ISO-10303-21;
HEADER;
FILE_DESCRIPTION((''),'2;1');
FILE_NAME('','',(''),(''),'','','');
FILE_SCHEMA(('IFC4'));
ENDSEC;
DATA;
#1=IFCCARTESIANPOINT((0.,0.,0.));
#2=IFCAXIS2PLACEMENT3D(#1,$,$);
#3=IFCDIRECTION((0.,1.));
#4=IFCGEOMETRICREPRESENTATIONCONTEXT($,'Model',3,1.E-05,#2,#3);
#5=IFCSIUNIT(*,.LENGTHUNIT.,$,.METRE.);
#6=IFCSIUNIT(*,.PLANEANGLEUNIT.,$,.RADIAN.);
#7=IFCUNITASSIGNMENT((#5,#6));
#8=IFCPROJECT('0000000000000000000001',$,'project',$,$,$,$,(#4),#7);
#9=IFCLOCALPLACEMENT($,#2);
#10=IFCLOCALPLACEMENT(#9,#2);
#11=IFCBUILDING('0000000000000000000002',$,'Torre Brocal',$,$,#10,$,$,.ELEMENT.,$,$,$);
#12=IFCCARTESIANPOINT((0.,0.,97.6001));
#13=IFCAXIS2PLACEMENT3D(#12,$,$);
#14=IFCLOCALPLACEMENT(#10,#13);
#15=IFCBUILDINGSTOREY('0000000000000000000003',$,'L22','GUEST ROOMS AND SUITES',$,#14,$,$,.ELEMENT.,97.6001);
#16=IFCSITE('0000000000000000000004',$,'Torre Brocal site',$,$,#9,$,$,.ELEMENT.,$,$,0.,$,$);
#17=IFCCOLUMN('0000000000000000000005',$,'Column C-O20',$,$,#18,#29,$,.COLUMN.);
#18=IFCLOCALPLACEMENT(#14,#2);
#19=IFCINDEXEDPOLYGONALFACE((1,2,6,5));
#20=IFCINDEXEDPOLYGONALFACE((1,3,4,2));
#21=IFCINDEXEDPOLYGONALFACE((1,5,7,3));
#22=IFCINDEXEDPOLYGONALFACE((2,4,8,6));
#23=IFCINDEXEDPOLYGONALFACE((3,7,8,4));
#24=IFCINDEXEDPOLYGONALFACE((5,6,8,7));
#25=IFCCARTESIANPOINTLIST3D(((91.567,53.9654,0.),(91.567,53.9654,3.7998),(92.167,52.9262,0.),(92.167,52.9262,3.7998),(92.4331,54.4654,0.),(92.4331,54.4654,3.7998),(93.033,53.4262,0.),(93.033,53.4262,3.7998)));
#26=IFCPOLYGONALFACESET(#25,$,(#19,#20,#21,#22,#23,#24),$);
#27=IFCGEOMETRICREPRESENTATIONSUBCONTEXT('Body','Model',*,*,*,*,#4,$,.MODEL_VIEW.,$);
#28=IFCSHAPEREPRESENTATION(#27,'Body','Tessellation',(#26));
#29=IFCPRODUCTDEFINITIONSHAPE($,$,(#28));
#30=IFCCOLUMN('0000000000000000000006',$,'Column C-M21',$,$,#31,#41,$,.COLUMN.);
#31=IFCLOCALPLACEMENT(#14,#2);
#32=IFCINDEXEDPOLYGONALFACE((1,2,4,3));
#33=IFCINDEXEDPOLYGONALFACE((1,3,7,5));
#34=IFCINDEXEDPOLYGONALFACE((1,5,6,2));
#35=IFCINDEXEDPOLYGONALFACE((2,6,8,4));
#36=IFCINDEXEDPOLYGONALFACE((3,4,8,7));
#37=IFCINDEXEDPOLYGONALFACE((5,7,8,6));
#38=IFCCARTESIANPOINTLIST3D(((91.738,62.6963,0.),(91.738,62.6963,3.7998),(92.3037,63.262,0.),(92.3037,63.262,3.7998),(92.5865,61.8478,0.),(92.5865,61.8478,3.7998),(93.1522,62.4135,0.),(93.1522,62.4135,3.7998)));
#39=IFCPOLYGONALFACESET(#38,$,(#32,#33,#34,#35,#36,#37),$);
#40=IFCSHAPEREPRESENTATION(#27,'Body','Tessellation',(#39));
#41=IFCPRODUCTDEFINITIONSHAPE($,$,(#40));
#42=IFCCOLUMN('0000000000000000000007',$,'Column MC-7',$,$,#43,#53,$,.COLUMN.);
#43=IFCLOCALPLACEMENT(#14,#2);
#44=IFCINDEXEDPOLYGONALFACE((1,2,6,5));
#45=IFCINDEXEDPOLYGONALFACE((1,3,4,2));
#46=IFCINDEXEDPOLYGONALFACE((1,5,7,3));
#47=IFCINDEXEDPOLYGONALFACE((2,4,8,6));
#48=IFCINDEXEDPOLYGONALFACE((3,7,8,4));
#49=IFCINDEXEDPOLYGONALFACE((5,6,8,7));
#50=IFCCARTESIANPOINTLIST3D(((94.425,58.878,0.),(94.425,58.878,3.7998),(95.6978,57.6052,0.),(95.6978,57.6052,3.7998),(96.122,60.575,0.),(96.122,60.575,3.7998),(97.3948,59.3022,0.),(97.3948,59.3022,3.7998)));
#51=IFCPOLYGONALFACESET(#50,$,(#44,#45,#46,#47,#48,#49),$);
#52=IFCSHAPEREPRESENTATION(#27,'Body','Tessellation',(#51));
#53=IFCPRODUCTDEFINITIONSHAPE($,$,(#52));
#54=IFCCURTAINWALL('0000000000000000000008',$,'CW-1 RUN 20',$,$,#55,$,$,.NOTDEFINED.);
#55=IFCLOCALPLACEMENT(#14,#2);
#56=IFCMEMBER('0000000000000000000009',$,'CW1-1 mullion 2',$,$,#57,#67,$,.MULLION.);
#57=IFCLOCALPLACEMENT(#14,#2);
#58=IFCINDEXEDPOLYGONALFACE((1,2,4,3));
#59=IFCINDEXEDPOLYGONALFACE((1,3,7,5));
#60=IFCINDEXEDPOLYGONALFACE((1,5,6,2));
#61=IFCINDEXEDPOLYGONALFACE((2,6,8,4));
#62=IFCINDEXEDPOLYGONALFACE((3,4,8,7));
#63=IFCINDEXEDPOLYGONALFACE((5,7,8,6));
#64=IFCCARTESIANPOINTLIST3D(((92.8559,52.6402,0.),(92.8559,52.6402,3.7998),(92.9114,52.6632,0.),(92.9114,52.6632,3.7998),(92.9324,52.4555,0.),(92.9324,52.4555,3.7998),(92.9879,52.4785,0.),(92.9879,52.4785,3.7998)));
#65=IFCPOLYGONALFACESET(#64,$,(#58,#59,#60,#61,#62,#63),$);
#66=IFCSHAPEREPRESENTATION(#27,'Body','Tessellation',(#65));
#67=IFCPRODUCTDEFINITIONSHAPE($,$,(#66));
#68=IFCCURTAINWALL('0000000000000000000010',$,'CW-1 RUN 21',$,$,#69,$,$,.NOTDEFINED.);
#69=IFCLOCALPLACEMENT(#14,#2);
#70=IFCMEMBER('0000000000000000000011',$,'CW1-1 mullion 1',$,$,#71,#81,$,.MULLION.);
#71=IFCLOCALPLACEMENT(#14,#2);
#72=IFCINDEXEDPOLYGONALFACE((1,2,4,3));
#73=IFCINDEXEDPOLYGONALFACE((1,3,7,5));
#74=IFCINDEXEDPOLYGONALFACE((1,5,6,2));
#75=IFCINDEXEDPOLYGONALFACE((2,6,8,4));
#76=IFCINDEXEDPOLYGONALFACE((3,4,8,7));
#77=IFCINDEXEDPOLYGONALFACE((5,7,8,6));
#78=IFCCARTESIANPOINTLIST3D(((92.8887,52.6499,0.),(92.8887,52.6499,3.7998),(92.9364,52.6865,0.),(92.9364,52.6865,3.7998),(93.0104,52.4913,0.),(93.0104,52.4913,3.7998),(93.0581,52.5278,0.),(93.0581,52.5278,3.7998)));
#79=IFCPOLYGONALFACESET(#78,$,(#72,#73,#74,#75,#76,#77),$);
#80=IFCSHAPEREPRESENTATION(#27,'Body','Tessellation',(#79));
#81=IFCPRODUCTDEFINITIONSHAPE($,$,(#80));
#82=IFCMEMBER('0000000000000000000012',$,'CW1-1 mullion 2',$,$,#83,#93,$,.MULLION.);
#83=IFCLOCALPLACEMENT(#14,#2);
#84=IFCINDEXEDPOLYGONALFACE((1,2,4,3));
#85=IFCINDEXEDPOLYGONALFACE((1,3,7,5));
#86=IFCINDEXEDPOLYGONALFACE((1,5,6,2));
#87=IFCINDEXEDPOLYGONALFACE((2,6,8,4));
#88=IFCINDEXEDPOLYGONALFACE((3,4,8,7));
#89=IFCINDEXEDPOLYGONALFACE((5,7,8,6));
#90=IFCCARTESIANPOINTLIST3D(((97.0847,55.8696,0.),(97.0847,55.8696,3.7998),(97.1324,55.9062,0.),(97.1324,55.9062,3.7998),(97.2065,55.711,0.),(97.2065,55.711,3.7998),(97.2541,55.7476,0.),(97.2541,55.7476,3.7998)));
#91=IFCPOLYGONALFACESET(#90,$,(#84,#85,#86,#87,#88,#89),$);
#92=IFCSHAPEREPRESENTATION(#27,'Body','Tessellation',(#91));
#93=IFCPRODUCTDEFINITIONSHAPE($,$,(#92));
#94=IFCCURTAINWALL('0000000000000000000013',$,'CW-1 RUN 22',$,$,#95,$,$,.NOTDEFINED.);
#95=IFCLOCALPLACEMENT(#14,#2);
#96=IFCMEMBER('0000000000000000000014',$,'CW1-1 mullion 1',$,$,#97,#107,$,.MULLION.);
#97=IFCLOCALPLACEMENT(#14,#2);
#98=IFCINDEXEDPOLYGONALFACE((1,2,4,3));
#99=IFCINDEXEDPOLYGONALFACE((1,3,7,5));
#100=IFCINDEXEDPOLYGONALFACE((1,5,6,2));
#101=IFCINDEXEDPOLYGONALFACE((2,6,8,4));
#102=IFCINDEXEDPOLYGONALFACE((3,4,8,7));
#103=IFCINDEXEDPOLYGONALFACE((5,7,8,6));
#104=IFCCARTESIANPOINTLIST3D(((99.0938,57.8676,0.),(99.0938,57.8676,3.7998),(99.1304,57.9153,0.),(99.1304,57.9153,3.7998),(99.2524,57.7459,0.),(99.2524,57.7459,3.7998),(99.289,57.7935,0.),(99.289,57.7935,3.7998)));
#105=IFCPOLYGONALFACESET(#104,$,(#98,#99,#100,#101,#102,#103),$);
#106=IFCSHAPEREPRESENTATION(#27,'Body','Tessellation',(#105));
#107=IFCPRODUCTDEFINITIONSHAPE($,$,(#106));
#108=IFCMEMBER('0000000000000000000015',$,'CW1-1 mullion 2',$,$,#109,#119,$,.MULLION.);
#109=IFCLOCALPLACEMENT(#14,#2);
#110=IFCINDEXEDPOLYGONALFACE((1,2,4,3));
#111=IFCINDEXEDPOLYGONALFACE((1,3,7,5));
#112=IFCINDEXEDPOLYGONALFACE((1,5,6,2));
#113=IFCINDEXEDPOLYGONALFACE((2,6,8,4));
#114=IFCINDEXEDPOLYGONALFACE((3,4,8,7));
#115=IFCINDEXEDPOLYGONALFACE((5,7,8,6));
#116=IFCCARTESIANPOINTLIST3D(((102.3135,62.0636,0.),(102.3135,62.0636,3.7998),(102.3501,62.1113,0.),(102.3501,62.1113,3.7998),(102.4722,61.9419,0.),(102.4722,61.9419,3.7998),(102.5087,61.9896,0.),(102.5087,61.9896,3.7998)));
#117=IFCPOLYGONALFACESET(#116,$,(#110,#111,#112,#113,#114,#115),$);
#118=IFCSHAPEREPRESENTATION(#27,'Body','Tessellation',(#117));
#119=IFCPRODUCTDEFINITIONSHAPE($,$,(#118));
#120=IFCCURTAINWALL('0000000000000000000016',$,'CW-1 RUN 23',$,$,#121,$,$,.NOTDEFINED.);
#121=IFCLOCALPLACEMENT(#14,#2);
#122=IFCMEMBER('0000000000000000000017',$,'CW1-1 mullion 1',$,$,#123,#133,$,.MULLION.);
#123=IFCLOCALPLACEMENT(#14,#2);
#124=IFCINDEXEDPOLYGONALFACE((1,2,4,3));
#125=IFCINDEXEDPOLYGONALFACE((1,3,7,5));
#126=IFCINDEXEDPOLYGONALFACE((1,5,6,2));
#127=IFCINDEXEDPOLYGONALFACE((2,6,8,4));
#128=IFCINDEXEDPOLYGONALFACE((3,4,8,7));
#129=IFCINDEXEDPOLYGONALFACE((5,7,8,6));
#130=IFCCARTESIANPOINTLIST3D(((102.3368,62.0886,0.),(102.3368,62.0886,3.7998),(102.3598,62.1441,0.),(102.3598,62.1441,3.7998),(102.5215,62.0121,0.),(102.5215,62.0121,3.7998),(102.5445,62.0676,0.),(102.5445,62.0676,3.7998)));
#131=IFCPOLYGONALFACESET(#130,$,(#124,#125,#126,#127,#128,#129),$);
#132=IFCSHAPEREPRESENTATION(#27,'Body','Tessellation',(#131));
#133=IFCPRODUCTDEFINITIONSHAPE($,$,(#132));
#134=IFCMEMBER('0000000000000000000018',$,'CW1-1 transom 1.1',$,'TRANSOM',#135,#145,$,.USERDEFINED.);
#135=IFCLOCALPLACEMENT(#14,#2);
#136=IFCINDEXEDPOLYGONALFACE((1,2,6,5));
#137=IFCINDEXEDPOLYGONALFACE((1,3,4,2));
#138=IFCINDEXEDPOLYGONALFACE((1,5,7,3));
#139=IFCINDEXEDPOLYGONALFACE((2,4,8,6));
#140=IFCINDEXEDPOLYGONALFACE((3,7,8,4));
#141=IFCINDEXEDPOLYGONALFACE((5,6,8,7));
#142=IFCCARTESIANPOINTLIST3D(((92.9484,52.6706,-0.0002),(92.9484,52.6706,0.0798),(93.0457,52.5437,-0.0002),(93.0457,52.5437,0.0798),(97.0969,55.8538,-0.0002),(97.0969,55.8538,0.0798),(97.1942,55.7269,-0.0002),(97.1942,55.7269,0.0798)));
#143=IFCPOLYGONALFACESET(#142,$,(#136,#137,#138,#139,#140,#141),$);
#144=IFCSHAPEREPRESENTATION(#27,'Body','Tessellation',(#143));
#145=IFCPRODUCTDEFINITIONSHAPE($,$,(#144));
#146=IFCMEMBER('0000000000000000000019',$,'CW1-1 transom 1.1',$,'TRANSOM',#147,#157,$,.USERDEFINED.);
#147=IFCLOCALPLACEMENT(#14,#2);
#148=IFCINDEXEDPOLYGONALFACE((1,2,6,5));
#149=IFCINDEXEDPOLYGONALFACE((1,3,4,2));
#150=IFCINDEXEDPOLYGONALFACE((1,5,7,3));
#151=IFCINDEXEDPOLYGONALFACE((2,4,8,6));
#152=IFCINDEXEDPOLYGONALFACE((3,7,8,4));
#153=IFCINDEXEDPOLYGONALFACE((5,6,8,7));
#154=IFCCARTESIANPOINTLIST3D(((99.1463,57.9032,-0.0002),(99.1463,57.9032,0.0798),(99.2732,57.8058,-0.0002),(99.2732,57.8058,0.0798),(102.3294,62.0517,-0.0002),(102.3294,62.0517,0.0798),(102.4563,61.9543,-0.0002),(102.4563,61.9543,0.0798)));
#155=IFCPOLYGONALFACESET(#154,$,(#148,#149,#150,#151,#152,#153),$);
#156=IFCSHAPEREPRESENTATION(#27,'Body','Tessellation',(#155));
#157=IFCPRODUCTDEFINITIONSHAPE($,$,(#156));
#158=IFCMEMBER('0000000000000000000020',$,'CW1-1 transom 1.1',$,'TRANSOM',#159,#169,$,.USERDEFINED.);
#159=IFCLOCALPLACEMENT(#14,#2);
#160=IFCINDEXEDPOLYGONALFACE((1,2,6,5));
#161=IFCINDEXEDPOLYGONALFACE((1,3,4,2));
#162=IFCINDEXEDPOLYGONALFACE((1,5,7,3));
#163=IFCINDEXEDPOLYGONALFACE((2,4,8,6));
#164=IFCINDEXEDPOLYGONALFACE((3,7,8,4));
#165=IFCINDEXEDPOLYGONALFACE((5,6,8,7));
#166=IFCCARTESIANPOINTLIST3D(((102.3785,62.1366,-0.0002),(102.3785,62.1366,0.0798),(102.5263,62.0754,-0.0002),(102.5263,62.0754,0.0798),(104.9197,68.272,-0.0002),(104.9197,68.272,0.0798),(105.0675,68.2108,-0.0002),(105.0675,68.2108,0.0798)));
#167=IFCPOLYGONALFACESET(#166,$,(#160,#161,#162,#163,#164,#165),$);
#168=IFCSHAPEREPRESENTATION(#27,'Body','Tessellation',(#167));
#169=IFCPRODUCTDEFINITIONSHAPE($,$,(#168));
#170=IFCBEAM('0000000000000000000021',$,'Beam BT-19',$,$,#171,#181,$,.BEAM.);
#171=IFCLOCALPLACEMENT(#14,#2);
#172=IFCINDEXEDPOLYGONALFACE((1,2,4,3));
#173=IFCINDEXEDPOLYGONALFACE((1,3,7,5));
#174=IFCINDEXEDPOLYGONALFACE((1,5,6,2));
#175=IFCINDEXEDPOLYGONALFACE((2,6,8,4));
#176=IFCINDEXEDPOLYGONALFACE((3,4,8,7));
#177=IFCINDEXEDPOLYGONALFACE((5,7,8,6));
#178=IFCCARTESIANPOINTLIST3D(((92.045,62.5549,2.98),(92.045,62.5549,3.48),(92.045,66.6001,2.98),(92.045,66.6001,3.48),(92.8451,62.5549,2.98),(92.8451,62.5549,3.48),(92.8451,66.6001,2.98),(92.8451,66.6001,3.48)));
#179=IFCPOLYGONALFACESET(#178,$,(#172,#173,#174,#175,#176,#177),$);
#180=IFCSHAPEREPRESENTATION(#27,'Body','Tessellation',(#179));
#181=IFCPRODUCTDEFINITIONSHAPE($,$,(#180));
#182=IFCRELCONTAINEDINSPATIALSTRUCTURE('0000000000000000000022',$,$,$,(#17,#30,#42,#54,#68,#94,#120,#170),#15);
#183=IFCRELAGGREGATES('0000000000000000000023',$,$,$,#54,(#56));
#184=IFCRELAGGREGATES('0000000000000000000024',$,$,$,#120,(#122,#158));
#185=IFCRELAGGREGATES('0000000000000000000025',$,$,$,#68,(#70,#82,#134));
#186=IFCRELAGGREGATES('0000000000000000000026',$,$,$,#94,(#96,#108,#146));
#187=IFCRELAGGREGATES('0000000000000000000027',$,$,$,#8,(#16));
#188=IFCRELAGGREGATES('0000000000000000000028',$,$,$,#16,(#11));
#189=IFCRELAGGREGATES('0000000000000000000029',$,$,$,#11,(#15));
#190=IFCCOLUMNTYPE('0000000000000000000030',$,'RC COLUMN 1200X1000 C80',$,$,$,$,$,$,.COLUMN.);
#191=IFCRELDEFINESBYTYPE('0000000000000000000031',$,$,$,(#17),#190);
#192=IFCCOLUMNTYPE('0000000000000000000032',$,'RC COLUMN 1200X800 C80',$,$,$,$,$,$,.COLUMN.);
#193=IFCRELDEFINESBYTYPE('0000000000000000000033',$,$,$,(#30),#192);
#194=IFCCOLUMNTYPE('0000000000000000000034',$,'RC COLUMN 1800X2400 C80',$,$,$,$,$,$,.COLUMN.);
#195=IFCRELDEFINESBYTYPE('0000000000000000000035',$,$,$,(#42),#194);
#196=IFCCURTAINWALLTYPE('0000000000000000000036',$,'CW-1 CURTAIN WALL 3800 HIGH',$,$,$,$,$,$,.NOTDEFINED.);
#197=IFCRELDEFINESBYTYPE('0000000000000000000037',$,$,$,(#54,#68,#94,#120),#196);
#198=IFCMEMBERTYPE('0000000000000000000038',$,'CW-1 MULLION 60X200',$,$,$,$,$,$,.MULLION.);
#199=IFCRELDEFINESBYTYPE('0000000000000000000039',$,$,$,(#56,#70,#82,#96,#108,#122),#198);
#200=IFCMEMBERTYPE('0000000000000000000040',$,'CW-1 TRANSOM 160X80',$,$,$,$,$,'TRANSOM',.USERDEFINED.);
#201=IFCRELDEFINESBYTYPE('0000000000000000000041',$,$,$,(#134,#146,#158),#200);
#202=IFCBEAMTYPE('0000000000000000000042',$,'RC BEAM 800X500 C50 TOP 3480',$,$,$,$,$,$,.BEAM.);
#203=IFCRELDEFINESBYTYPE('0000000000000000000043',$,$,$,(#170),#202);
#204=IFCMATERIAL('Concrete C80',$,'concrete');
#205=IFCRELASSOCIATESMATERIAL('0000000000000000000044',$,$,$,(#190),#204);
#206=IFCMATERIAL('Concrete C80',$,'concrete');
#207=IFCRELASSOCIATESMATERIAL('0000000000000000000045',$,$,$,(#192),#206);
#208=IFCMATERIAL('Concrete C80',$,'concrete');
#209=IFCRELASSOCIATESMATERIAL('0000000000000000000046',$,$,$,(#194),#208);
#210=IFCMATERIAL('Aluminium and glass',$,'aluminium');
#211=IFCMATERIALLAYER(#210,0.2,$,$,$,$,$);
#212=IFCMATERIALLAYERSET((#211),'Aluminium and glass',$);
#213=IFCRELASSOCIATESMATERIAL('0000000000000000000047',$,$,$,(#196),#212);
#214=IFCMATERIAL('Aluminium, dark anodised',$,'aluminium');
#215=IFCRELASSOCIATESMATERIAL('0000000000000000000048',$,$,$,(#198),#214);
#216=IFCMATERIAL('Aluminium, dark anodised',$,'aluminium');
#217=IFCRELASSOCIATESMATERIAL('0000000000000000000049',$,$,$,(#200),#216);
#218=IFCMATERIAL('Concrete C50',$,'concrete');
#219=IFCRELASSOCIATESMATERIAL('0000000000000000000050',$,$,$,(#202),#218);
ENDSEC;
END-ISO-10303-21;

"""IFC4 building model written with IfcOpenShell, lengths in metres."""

from ifc_helpers import new_model, si_unit, direction, frame, origin, origin_2d, place, context, subcontext, project, spatial, rectangle, extrude, material, layer, layer_set, material_profile, profile_set, type_object, element, aggregate, save


model = new_model("IFC4")

# Units and contexts
model_context = context("Model", 3, precision=1e-05, world=origin(), true_north=direction((0.0, 1.0)))
body_context = subcontext(model_context, "Body", "Model", "MODEL_VIEW")
ifc_project = project(units=[si_unit("LENGTHUNIT", "METRE"), si_unit("PLANEANGLEUNIT", "RADIAN")], contexts=[model_context])

# Site, building, storey
site_placement = place(None, origin())
site = spatial("IfcSite", under=ifc_project, at=site_placement, Name="Torre Brocal site", CompositionType="ELEMENT", RefElevation=0.0)
building_placement = place(site_placement, origin())
building = spatial("IfcBuilding", under=site, at=building_placement, Name="Torre Brocal", CompositionType="ELEMENT")
storey_placement = place(building_placement, frame((0.0, 0.0, 97.6001)))
storey = spatial("IfcBuildingStorey", under=building, at=storey_placement, Name="L22", Description="GUEST ROOMS AND SUITES", CompositionType="ELEMENT", Elevation=97.6001)

# Columns
ifc_material_1 = material(Name="Concrete C80", Category="concrete")
ifc_material_profile_1 = material_profile(ifc_material_1, rectangle(XDim=1.2, YDim=1.0, at=origin_2d()), Name="RC 1200X1000")
ifc_profile_set_1 = profile_set([ifc_material_profile_1], Name="Concrete C80")
column_type_1 = type_object("IfcColumnType", Name="RC COLUMN 1200X1000 C80", PredefinedType="COLUMN", material=ifc_profile_set_1)
column_1_placement = place(storey_placement, frame((92.3, 53.6958, 0.0), z_axis=(0.0, 0.0, 1.0), x_axis=(0.5, -0.866025, 0.0)))
element("IfcColumn", 1, at=column_1_placement, inside=storey, type_object=column_type_1, Name="Column C-O20", PredefinedType="COLUMN", context=body_context, shape_type="SweptSolid", body=[
    extrude(rectangle(XDim=1.2, YDim=1.0, at=origin_2d()), origin(), (0.0, 0.0, 1.0), 3.7998),
])
ifc_material_2 = material(Name="Concrete C80", Category="concrete")
ifc_material_profile_2 = material_profile(ifc_material_2, rectangle(XDim=1.2, YDim=0.8, at=origin_2d()), Name="RC 1200X800")
ifc_profile_set_2 = profile_set([ifc_material_profile_2], Name="Concrete C80")
column_type_2 = type_object("IfcColumnType", Name="RC COLUMN 1200X800 C80", PredefinedType="COLUMN", material=ifc_profile_set_2)
column_2_placement = place(storey_placement, frame((92.4451, 62.5549, 0.0), z_axis=(0.0, 0.0, 1.0), x_axis=(0.707107, -0.707107, 0.0)))
element("IfcColumn", 2, at=column_2_placement, inside=storey, type_object=column_type_2, Name="Column C-M21", PredefinedType="COLUMN", context=body_context, shape_type="SweptSolid", body=[
    extrude(rectangle(XDim=1.2, YDim=0.8, at=origin_2d()), origin(), (0.0, 0.0, 1.0), 3.7998),
])
ifc_material_3 = material(Name="Concrete C80", Category="concrete")
ifc_material_profile_3 = material_profile(ifc_material_3, rectangle(XDim=1.8, YDim=2.3999, at=origin_2d()), Name="RC 1800X2400")
ifc_profile_set_3 = profile_set([ifc_material_profile_3], Name="Concrete C80")
column_type_3 = type_object("IfcColumnType", Name="RC COLUMN 1800X2400 C80", PredefinedType="COLUMN", material=ifc_profile_set_3)
column_3_placement = place(storey_placement, frame((95.9099, 59.0901, 0.0), z_axis=(0.0, 0.0, 1.0), x_axis=(0.707107, -0.707107, 0.0)))
element("IfcColumn", 3, at=column_3_placement, inside=storey, type_object=column_type_3, Name="Column MC-7", PredefinedType="COLUMN", context=body_context, shape_type="SweptSolid", body=[
    extrude(rectangle(XDim=1.8, YDim=2.3999, at=origin_2d()), origin(), (0.0, 0.0, 1.0), 3.7998),
])

# Curtain wall, member
ifc_material_4 = material(Name="Aluminium and glass", Category="aluminium")
ifc_layer_1 = layer(ifc_material_4, 0.2)
ifc_layer_set_1 = layer_set([ifc_layer_1], Name="Aluminium and glass")
curtain_wall_type = type_object("IfcCurtainWallType", Name="CW-1 CURTAIN WALL 3800 HIGH", PredefinedType="NOTDEFINED", material=ifc_layer_set_1)
curtain_wall_1_placement = place(storey_placement, origin())
curtain_wall_1 = element("IfcCurtainWall", 4, at=curtain_wall_1_placement, inside=storey, type_object=curtain_wall_type, Name="CW-1 RUN 20", PredefinedType="NOTDEFINED")
ifc_material_5 = material(Name="Aluminium, dark anodised", Category="aluminium")
ifc_material_profile_4 = material_profile(ifc_material_5, rectangle(XDim=0.2, YDim=0.0601, at=origin_2d()), Name="CW-1 MULLION 60X200")
ifc_profile_set_4 = profile_set([ifc_material_profile_4], Name="Aluminium, dark anodised")
member_type_1 = type_object("IfcMemberType", Name="CW-1 MULLION 60X200", PredefinedType="MULLION", material=ifc_profile_set_4)
member_1_placement = place(storey_placement, frame((92.9219, 52.5593, 0.0), z_axis=(0.0, 0.0, 1.0), x_axis=(-0.382683, 0.92388, 0.0)))
member_1 = element("IfcMember", 5, at=member_1_placement, type_object=member_type_1, Name="CW1-1 mullion 2", PredefinedType="MULLION", context=body_context, shape_type="SweptSolid", body=[
    extrude(rectangle(XDim=0.2, YDim=0.0601, at=origin_2d()), origin(), (0.0, 0.0, 1.0), 3.7998),
])
aggregate(curtain_wall_1, [member_1])

# Curtain walls, members
curtain_wall_2_placement = place(storey_placement, origin())
curtain_wall_2 = element("IfcCurtainWall", 6, at=curtain_wall_2_placement, inside=storey, type_object=curtain_wall_type, Name="CW-1 RUN 21", PredefinedType="NOTDEFINED")
member_2_placement = place(storey_placement, frame((92.9734, 52.5889, 0.0), z_axis=(0.0, 0.0, 1.0), x_axis=(-0.608761, 0.793353, 0.0)))
member_2 = element("IfcMember", 7, at=member_2_placement, type_object=member_type_1, Name="CW1-1 mullion 1", PredefinedType="MULLION", context=body_context, shape_type="SweptSolid", body=[
    extrude(rectangle(XDim=0.2, YDim=0.0601, at=origin_2d()), origin(), (0.0, 0.0, 1.0), 3.7998),
])
member_3_placement = place(storey_placement, frame((97.1694, 55.8086, 0.0), z_axis=(0.0, 0.0, 1.0), x_axis=(-0.608761, 0.793353, 0.0)))
member_3 = element("IfcMember", 8, at=member_3_placement, type_object=member_type_1, Name="CW1-1 mullion 2", PredefinedType="MULLION", context=body_context, shape_type="SweptSolid", body=[
    extrude(rectangle(XDim=0.2, YDim=0.0601, at=origin_2d()), origin(), (0.0, 0.0, 1.0), 3.7998),
])
curtain_wall_3_placement = place(storey_placement, origin())
curtain_wall_3 = element("IfcCurtainWall", 9, at=curtain_wall_3_placement, inside=storey, type_object=curtain_wall_type, Name="CW-1 RUN 22", PredefinedType="NOTDEFINED")
member_4_placement = place(storey_placement, frame((99.1914, 57.8306, 0.0), z_axis=(0.0, 0.0, 1.0), x_axis=(-0.793353, 0.608761, 0.0)))
member_4 = element("IfcMember", 10, at=member_4_placement, type_object=member_type_1, Name="CW1-1 mullion 1", PredefinedType="MULLION", context=body_context, shape_type="SweptSolid", body=[
    extrude(rectangle(XDim=0.2, YDim=0.0601, at=origin_2d()), origin(), (0.0, 0.0, 1.0), 3.7998),
])
member_5_placement = place(storey_placement, frame((102.4111, 62.0266, 0.0), z_axis=(0.0, 0.0, 1.0), x_axis=(-0.793353, 0.608761, 0.0)))
member_5 = element("IfcMember", 11, at=member_5_placement, type_object=member_type_1, Name="CW1-1 mullion 2", PredefinedType="MULLION", context=body_context, shape_type="SweptSolid", body=[
    extrude(rectangle(XDim=0.2, YDim=0.0601, at=origin_2d()), origin(), (0.0, 0.0, 1.0), 3.7998),
])

# Curtain wall, member
curtain_wall_4_placement = place(storey_placement, origin())
curtain_wall_4 = element("IfcCurtainWall", 12, at=curtain_wall_4_placement, inside=storey, type_object=curtain_wall_type, Name="CW-1 RUN 23", PredefinedType="NOTDEFINED")
member_6_placement = place(storey_placement, frame((102.4407, 62.0781, 0.0), z_axis=(0.0, 0.0, 1.0), x_axis=(-0.92388, 0.382683, 0.0)))
member_6 = element("IfcMember", 13, at=member_6_placement, type_object=member_type_1, Name="CW1-1 mullion 1", PredefinedType="MULLION", context=body_context, shape_type="SweptSolid", body=[
    extrude(rectangle(XDim=0.2, YDim=0.0601, at=origin_2d()), origin(), (0.0, 0.0, 1.0), 3.7998),
])

# Members
ifc_material_6 = material(Name="Aluminium, dark anodised", Category="aluminium")
ifc_material_profile_5 = material_profile(ifc_material_6, rectangle(XDim=0.1599, YDim=0.0801, at=origin_2d()), Name="CW-1 TRANSOM 160X80")
ifc_profile_set_5 = profile_set([ifc_material_profile_5], Name="Aluminium, dark anodised")
member_type_2 = type_object("IfcMemberType", Name="CW-1 TRANSOM 160X80", ElementType="TRANSOM", PredefinedType="USERDEFINED", material=ifc_profile_set_5)
member_7_placement = place(storey_placement, frame((92.9971, 52.6072, 0.0398), z_axis=(0.793363, 0.608749, 0.0), x_axis=(-0.608749, 0.793363, 0.0)))
member_7 = element("IfcMember", 14, at=member_7_placement, type_object=member_type_2, Name="CW1-1 transom 1.1", ObjectType="TRANSOM", PredefinedType="USERDEFINED", context=body_context, shape_type="SweptSolid", body=[
    extrude(rectangle(XDim=0.1599, YDim=0.0801, at=origin_2d()), origin(), (0.0, 0.0, 1.0), 5.229),
])
member_8_placement = place(storey_placement, frame((99.2097, 57.8545, 0.0398), z_axis=(0.608749, 0.793363, 0.0), x_axis=(-0.793363, 0.608749, 0.0)))
member_8 = element("IfcMember", 15, at=member_8_placement, type_object=member_type_2, Name="CW1-1 transom 1.1", ObjectType="TRANSOM", PredefinedType="USERDEFINED", context=body_context, shape_type="SweptSolid", body=[
    extrude(rectangle(XDim=0.1599, YDim=0.0801, at=origin_2d()), origin(), (0.0, 0.0, 1.0), 5.229),
])
member_9_placement = place(storey_placement, frame((102.4524, 62.106, 0.0398), z_axis=(0.382665, 0.923887, 0.0), x_axis=(-0.923887, 0.382665, 0.0)))
member_9 = element("IfcMember", 16, at=member_9_placement, type_object=member_type_2, Name="CW1-1 transom 1.1", ObjectType="TRANSOM", PredefinedType="USERDEFINED", context=body_context, shape_type="SweptSolid", body=[
    extrude(rectangle(XDim=0.1599, YDim=0.0801, at=origin_2d()), origin(), (0.0, 0.0, 1.0), 6.6409),
])
aggregate(curtain_wall_4, [member_6, member_9])

# Beam
ifc_material_7 = material(Name="Concrete C50", Category="concrete")
ifc_material_profile_6 = material_profile(ifc_material_7, rectangle(XDim=0.8, YDim=0.5, at=origin_2d()), Name="RC 800X500")
ifc_profile_set_6 = profile_set([ifc_material_profile_6], Name="Concrete C50")
beam_type_1 = type_object("IfcBeamType", Name="RC BEAM 800X500 C50 TOP 3480", PredefinedType="BEAM", material=ifc_profile_set_6)
beam_placement = place(storey_placement, frame((92.4451, 62.5549, 3.23), z_axis=(0.0, 1.0, 0.0), x_axis=(-1.0, 0.0, 0.0)))
element("IfcBeam", 17, at=beam_placement, inside=storey, type_object=beam_type_1, Name="Beam BT-19", PredefinedType="BEAM", context=body_context, shape_type="SweptSolid", body=[
    extrude(rectangle(XDim=0.8, YDim=0.5, at=origin_2d()), origin(), (0.0, 0.0, 1.0), 4.0452),
])

aggregate(curtain_wall_2, [member_2, member_3, member_7])
aggregate(curtain_wall_3, [member_4, member_5, member_8])

save(model, "model.ifc")
